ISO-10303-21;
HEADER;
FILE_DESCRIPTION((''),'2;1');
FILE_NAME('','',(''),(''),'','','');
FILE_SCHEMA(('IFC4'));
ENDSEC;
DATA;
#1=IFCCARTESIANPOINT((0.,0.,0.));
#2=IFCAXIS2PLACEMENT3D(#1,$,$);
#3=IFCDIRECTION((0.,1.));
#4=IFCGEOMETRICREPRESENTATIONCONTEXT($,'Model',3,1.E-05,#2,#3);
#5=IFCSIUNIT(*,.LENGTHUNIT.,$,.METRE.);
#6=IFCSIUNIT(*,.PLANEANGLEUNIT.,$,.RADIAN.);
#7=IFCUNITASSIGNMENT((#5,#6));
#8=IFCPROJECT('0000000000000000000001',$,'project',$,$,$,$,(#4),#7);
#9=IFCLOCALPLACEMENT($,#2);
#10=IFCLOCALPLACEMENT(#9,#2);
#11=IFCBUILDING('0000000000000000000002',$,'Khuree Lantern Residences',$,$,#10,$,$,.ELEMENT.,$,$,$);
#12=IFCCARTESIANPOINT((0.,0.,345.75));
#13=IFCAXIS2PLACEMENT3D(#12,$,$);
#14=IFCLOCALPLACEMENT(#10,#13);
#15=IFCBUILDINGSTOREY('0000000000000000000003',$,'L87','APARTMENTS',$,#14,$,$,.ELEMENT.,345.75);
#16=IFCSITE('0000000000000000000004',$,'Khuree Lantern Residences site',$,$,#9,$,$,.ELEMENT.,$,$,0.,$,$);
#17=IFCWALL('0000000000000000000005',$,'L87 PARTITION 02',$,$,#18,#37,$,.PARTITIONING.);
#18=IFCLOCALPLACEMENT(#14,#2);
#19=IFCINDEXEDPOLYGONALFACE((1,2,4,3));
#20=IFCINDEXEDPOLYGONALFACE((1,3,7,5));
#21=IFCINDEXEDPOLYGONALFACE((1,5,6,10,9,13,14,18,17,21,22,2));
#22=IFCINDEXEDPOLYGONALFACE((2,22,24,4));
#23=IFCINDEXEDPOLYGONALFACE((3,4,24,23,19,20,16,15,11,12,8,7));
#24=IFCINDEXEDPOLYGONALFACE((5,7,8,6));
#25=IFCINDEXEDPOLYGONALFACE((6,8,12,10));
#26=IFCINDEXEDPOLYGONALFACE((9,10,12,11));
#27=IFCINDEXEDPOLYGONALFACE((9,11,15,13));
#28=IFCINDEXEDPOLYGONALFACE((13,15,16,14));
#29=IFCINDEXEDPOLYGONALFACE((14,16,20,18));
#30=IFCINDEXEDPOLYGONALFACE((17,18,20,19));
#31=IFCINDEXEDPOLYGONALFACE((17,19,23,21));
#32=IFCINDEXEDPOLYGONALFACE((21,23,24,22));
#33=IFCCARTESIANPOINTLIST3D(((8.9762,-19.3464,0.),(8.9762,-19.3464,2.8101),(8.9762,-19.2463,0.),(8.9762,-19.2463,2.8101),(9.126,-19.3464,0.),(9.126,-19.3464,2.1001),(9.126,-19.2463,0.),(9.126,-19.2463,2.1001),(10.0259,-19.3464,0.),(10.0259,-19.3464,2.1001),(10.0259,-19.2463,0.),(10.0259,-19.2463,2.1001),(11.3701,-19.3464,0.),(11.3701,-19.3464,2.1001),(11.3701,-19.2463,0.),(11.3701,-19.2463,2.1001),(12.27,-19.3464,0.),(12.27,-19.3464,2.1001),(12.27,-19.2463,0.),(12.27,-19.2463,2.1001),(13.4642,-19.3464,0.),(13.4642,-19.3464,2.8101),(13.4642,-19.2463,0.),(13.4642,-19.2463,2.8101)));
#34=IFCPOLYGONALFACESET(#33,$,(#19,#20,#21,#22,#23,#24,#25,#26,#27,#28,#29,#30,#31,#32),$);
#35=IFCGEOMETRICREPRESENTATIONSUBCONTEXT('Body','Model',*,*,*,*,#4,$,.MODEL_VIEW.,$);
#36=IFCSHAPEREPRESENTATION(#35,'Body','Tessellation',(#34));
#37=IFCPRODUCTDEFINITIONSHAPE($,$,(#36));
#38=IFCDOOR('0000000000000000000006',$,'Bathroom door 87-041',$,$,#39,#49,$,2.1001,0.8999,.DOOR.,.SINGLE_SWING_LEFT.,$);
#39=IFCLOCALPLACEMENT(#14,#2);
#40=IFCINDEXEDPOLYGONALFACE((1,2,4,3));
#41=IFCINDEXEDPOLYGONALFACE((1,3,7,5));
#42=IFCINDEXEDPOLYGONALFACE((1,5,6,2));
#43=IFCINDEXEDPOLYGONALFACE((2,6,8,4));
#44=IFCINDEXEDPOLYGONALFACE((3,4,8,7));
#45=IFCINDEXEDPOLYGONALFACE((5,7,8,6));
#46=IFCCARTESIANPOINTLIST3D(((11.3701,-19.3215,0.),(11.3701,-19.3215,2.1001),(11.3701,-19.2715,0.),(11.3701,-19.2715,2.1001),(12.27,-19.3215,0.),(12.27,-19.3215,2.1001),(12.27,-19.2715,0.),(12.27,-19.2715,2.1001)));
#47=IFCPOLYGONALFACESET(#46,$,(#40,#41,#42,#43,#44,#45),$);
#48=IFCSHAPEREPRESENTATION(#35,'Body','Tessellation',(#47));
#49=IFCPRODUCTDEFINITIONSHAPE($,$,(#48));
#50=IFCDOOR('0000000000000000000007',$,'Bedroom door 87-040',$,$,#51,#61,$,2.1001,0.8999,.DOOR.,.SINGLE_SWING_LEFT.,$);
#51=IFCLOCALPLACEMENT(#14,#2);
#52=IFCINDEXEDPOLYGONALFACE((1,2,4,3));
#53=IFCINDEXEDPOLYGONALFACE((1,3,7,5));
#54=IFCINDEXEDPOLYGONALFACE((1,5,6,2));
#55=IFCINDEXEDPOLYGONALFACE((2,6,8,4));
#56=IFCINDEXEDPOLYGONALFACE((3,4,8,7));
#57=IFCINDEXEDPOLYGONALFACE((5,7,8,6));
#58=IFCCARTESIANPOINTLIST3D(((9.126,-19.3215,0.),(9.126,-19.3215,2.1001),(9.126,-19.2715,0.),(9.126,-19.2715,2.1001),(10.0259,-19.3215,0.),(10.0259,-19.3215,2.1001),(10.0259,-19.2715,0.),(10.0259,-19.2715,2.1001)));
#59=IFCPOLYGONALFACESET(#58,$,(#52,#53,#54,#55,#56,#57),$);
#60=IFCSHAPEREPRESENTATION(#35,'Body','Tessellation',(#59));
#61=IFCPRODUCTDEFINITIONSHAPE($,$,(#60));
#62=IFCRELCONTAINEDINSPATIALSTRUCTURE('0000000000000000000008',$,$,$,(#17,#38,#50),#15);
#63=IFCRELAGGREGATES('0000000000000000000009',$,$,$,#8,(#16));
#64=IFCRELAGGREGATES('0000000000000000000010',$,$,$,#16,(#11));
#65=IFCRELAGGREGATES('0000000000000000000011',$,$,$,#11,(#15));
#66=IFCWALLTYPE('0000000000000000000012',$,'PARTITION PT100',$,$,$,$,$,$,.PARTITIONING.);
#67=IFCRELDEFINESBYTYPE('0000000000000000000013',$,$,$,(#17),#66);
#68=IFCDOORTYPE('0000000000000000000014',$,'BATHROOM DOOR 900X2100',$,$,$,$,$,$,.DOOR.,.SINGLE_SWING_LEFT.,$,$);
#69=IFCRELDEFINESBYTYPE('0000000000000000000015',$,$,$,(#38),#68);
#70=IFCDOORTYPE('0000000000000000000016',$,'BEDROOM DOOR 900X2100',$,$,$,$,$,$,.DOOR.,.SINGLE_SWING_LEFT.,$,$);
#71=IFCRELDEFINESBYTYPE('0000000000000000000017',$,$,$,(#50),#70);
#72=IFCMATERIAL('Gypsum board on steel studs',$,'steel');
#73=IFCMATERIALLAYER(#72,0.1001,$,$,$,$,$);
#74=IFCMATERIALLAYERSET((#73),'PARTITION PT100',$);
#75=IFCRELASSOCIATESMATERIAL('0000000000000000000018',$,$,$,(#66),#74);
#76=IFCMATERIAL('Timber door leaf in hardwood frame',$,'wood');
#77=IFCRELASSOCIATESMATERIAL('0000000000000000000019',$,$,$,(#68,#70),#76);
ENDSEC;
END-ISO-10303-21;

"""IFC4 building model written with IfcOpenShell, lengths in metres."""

from ifc_helpers import new_model, si_unit, direction, frame, frame_2d, origin, place, context, subcontext, project, spatial, rectangle, extrude, material, layer, layer_set, type_object, element, fill, save


model = new_model("IFC4")

# Units and contexts
model_context = context("Model", 3, precision=1e-05, world=origin(), true_north=direction((0.0, 1.0)))
body_context = subcontext(model_context, "Body", "Model", "MODEL_VIEW")
ifc_project = project(units=[si_unit("LENGTHUNIT", "METRE"), si_unit("PLANEANGLEUNIT", "RADIAN")], contexts=[model_context])

# Site, building, storey
site_placement = place(None, origin())
site = spatial("IfcSite", under=ifc_project, at=site_placement, Name="Khuree Lantern Residences site", CompositionType="ELEMENT", RefElevation=0.0)
building_placement = place(site_placement, origin())
building = spatial("IfcBuilding", under=site, at=building_placement, Name="Khuree Lantern Residences", CompositionType="ELEMENT")
storey_placement = place(building_placement, frame((0.0, 0.0, 345.75)))
storey = spatial("IfcBuildingStorey", under=building, at=storey_placement, Name="L87", Description="APARTMENTS", CompositionType="ELEMENT", Elevation=345.75)

# Shared definitions
ifc_material_1 = material(Name="Gypsum board on steel studs", Category="steel")
ifc_layer_1 = layer(ifc_material_1, 0.1001)
ifc_layer_set_1 = layer_set([ifc_layer_1], Name="PARTITION PT100")
wall_type = type_object("IfcWallType", Name="PARTITION PT100", PredefinedType="PARTITIONING", material=ifc_layer_set_1)

# Wall, openings, doors
wall_1_placement = place(storey_placement, frame((8.9761, -19.2964, 0.0), z_axis=(0.0, 0.0, 1.0), x_axis=(1.0, 0.0, 0.0)))
wall_1 = element("IfcWall", 1, at=wall_1_placement, inside=storey, type_object=wall_type, Name="L87 PARTITION 02", PredefinedType="PARTITIONING", context=body_context, shape_type="SweptSolid", body=[
    extrude(rectangle(XDim=4.488, YDim=0.1001, at=frame_2d((2.2441, 0.0))), origin(), (0.0, 0.0, 1.0), 2.8101),
])
opening_1_placement = place(wall_1_placement, frame((0.1499, 0.0, 0.0)))
opening_1 = element("IfcOpeningElement", 2, at=opening_1_placement, cuts=wall_1, PredefinedType="OPENING", context=body_context, shape_type="SweptSolid", body=[
    extrude(rectangle(XDim=0.8999, YDim=2.1001, at=frame_2d((0.45, 1.05))), frame((0.0, 0.0601, 0.0), z_axis=(0.0, -1.0, 0.0), x_axis=(1.0, 0.0, 0.0)), (0.0, 0.0, 1.0), 0.1201),
])
opening_2_placement = place(wall_1_placement, frame((2.394, 0.0, 0.0)))
opening_2 = element("IfcOpeningElement", 3, at=opening_2_placement, cuts=wall_1, PredefinedType="OPENING", context=body_context, shape_type="SweptSolid", body=[
    extrude(rectangle(XDim=0.8999, YDim=2.1001, at=frame_2d((0.45, 1.05))), frame((0.0, 0.0601, 0.0), z_axis=(0.0, -1.0, 0.0), x_axis=(1.0, 0.0, 0.0)), (0.0, 0.0, 1.0), 0.1201),
])
ifc_material_2 = material(Name="Timber door leaf in hardwood frame", Category="wood")
door_type_1 = type_object("IfcDoorType", Name="BATHROOM DOOR 900X2100", OperationType="SINGLE_SWING_LEFT", PredefinedType="DOOR", material=ifc_material_2)
door_1_placement = place(opening_2_placement, origin())
door_1 = element("IfcDoor", 4, at=door_1_placement, inside=storey, type_object=door_type_1, Name="Bathroom door 87-041", OperationType="SINGLE_SWING_LEFT", OverallHeight=2.1001, OverallWidth=0.8999, PredefinedType="DOOR", context=body_context, shape_type="SweptSolid", body=[
    extrude(rectangle(XDim=0.8999, YDim=2.1001, at=frame_2d((0.45, 1.05))), frame((0.0, 0.0249, 0.0), z_axis=(0.0, -1.0, 0.0), x_axis=(1.0, 0.0, 0.0)), (0.0, 0.0, 1.0), 0.05),
])
fill(opening_2, door_1)
door_type_2 = type_object("IfcDoorType", Name="BEDROOM DOOR 900X2100", OperationType="SINGLE_SWING_LEFT", PredefinedType="DOOR", material=ifc_material_2)
door_2_placement = place(opening_1_placement, origin())
door_2 = element("IfcDoor", 5, at=door_2_placement, inside=storey, type_object=door_type_2, Name="Bedroom door 87-040", OperationType="SINGLE_SWING_LEFT", OverallHeight=2.1001, OverallWidth=0.8999, PredefinedType="DOOR", context=body_context, shape_type="SweptSolid", body=[
    extrude(rectangle(XDim=0.8999, YDim=2.1001, at=frame_2d((0.45, 1.05))), frame((0.0, 0.0249, 0.0), z_axis=(0.0, -1.0, 0.0), x_axis=(1.0, 0.0, 0.0)), (0.0, 0.0, 1.0), 0.05),
])
fill(opening_1, door_2)

save(model, "model.ifc")
